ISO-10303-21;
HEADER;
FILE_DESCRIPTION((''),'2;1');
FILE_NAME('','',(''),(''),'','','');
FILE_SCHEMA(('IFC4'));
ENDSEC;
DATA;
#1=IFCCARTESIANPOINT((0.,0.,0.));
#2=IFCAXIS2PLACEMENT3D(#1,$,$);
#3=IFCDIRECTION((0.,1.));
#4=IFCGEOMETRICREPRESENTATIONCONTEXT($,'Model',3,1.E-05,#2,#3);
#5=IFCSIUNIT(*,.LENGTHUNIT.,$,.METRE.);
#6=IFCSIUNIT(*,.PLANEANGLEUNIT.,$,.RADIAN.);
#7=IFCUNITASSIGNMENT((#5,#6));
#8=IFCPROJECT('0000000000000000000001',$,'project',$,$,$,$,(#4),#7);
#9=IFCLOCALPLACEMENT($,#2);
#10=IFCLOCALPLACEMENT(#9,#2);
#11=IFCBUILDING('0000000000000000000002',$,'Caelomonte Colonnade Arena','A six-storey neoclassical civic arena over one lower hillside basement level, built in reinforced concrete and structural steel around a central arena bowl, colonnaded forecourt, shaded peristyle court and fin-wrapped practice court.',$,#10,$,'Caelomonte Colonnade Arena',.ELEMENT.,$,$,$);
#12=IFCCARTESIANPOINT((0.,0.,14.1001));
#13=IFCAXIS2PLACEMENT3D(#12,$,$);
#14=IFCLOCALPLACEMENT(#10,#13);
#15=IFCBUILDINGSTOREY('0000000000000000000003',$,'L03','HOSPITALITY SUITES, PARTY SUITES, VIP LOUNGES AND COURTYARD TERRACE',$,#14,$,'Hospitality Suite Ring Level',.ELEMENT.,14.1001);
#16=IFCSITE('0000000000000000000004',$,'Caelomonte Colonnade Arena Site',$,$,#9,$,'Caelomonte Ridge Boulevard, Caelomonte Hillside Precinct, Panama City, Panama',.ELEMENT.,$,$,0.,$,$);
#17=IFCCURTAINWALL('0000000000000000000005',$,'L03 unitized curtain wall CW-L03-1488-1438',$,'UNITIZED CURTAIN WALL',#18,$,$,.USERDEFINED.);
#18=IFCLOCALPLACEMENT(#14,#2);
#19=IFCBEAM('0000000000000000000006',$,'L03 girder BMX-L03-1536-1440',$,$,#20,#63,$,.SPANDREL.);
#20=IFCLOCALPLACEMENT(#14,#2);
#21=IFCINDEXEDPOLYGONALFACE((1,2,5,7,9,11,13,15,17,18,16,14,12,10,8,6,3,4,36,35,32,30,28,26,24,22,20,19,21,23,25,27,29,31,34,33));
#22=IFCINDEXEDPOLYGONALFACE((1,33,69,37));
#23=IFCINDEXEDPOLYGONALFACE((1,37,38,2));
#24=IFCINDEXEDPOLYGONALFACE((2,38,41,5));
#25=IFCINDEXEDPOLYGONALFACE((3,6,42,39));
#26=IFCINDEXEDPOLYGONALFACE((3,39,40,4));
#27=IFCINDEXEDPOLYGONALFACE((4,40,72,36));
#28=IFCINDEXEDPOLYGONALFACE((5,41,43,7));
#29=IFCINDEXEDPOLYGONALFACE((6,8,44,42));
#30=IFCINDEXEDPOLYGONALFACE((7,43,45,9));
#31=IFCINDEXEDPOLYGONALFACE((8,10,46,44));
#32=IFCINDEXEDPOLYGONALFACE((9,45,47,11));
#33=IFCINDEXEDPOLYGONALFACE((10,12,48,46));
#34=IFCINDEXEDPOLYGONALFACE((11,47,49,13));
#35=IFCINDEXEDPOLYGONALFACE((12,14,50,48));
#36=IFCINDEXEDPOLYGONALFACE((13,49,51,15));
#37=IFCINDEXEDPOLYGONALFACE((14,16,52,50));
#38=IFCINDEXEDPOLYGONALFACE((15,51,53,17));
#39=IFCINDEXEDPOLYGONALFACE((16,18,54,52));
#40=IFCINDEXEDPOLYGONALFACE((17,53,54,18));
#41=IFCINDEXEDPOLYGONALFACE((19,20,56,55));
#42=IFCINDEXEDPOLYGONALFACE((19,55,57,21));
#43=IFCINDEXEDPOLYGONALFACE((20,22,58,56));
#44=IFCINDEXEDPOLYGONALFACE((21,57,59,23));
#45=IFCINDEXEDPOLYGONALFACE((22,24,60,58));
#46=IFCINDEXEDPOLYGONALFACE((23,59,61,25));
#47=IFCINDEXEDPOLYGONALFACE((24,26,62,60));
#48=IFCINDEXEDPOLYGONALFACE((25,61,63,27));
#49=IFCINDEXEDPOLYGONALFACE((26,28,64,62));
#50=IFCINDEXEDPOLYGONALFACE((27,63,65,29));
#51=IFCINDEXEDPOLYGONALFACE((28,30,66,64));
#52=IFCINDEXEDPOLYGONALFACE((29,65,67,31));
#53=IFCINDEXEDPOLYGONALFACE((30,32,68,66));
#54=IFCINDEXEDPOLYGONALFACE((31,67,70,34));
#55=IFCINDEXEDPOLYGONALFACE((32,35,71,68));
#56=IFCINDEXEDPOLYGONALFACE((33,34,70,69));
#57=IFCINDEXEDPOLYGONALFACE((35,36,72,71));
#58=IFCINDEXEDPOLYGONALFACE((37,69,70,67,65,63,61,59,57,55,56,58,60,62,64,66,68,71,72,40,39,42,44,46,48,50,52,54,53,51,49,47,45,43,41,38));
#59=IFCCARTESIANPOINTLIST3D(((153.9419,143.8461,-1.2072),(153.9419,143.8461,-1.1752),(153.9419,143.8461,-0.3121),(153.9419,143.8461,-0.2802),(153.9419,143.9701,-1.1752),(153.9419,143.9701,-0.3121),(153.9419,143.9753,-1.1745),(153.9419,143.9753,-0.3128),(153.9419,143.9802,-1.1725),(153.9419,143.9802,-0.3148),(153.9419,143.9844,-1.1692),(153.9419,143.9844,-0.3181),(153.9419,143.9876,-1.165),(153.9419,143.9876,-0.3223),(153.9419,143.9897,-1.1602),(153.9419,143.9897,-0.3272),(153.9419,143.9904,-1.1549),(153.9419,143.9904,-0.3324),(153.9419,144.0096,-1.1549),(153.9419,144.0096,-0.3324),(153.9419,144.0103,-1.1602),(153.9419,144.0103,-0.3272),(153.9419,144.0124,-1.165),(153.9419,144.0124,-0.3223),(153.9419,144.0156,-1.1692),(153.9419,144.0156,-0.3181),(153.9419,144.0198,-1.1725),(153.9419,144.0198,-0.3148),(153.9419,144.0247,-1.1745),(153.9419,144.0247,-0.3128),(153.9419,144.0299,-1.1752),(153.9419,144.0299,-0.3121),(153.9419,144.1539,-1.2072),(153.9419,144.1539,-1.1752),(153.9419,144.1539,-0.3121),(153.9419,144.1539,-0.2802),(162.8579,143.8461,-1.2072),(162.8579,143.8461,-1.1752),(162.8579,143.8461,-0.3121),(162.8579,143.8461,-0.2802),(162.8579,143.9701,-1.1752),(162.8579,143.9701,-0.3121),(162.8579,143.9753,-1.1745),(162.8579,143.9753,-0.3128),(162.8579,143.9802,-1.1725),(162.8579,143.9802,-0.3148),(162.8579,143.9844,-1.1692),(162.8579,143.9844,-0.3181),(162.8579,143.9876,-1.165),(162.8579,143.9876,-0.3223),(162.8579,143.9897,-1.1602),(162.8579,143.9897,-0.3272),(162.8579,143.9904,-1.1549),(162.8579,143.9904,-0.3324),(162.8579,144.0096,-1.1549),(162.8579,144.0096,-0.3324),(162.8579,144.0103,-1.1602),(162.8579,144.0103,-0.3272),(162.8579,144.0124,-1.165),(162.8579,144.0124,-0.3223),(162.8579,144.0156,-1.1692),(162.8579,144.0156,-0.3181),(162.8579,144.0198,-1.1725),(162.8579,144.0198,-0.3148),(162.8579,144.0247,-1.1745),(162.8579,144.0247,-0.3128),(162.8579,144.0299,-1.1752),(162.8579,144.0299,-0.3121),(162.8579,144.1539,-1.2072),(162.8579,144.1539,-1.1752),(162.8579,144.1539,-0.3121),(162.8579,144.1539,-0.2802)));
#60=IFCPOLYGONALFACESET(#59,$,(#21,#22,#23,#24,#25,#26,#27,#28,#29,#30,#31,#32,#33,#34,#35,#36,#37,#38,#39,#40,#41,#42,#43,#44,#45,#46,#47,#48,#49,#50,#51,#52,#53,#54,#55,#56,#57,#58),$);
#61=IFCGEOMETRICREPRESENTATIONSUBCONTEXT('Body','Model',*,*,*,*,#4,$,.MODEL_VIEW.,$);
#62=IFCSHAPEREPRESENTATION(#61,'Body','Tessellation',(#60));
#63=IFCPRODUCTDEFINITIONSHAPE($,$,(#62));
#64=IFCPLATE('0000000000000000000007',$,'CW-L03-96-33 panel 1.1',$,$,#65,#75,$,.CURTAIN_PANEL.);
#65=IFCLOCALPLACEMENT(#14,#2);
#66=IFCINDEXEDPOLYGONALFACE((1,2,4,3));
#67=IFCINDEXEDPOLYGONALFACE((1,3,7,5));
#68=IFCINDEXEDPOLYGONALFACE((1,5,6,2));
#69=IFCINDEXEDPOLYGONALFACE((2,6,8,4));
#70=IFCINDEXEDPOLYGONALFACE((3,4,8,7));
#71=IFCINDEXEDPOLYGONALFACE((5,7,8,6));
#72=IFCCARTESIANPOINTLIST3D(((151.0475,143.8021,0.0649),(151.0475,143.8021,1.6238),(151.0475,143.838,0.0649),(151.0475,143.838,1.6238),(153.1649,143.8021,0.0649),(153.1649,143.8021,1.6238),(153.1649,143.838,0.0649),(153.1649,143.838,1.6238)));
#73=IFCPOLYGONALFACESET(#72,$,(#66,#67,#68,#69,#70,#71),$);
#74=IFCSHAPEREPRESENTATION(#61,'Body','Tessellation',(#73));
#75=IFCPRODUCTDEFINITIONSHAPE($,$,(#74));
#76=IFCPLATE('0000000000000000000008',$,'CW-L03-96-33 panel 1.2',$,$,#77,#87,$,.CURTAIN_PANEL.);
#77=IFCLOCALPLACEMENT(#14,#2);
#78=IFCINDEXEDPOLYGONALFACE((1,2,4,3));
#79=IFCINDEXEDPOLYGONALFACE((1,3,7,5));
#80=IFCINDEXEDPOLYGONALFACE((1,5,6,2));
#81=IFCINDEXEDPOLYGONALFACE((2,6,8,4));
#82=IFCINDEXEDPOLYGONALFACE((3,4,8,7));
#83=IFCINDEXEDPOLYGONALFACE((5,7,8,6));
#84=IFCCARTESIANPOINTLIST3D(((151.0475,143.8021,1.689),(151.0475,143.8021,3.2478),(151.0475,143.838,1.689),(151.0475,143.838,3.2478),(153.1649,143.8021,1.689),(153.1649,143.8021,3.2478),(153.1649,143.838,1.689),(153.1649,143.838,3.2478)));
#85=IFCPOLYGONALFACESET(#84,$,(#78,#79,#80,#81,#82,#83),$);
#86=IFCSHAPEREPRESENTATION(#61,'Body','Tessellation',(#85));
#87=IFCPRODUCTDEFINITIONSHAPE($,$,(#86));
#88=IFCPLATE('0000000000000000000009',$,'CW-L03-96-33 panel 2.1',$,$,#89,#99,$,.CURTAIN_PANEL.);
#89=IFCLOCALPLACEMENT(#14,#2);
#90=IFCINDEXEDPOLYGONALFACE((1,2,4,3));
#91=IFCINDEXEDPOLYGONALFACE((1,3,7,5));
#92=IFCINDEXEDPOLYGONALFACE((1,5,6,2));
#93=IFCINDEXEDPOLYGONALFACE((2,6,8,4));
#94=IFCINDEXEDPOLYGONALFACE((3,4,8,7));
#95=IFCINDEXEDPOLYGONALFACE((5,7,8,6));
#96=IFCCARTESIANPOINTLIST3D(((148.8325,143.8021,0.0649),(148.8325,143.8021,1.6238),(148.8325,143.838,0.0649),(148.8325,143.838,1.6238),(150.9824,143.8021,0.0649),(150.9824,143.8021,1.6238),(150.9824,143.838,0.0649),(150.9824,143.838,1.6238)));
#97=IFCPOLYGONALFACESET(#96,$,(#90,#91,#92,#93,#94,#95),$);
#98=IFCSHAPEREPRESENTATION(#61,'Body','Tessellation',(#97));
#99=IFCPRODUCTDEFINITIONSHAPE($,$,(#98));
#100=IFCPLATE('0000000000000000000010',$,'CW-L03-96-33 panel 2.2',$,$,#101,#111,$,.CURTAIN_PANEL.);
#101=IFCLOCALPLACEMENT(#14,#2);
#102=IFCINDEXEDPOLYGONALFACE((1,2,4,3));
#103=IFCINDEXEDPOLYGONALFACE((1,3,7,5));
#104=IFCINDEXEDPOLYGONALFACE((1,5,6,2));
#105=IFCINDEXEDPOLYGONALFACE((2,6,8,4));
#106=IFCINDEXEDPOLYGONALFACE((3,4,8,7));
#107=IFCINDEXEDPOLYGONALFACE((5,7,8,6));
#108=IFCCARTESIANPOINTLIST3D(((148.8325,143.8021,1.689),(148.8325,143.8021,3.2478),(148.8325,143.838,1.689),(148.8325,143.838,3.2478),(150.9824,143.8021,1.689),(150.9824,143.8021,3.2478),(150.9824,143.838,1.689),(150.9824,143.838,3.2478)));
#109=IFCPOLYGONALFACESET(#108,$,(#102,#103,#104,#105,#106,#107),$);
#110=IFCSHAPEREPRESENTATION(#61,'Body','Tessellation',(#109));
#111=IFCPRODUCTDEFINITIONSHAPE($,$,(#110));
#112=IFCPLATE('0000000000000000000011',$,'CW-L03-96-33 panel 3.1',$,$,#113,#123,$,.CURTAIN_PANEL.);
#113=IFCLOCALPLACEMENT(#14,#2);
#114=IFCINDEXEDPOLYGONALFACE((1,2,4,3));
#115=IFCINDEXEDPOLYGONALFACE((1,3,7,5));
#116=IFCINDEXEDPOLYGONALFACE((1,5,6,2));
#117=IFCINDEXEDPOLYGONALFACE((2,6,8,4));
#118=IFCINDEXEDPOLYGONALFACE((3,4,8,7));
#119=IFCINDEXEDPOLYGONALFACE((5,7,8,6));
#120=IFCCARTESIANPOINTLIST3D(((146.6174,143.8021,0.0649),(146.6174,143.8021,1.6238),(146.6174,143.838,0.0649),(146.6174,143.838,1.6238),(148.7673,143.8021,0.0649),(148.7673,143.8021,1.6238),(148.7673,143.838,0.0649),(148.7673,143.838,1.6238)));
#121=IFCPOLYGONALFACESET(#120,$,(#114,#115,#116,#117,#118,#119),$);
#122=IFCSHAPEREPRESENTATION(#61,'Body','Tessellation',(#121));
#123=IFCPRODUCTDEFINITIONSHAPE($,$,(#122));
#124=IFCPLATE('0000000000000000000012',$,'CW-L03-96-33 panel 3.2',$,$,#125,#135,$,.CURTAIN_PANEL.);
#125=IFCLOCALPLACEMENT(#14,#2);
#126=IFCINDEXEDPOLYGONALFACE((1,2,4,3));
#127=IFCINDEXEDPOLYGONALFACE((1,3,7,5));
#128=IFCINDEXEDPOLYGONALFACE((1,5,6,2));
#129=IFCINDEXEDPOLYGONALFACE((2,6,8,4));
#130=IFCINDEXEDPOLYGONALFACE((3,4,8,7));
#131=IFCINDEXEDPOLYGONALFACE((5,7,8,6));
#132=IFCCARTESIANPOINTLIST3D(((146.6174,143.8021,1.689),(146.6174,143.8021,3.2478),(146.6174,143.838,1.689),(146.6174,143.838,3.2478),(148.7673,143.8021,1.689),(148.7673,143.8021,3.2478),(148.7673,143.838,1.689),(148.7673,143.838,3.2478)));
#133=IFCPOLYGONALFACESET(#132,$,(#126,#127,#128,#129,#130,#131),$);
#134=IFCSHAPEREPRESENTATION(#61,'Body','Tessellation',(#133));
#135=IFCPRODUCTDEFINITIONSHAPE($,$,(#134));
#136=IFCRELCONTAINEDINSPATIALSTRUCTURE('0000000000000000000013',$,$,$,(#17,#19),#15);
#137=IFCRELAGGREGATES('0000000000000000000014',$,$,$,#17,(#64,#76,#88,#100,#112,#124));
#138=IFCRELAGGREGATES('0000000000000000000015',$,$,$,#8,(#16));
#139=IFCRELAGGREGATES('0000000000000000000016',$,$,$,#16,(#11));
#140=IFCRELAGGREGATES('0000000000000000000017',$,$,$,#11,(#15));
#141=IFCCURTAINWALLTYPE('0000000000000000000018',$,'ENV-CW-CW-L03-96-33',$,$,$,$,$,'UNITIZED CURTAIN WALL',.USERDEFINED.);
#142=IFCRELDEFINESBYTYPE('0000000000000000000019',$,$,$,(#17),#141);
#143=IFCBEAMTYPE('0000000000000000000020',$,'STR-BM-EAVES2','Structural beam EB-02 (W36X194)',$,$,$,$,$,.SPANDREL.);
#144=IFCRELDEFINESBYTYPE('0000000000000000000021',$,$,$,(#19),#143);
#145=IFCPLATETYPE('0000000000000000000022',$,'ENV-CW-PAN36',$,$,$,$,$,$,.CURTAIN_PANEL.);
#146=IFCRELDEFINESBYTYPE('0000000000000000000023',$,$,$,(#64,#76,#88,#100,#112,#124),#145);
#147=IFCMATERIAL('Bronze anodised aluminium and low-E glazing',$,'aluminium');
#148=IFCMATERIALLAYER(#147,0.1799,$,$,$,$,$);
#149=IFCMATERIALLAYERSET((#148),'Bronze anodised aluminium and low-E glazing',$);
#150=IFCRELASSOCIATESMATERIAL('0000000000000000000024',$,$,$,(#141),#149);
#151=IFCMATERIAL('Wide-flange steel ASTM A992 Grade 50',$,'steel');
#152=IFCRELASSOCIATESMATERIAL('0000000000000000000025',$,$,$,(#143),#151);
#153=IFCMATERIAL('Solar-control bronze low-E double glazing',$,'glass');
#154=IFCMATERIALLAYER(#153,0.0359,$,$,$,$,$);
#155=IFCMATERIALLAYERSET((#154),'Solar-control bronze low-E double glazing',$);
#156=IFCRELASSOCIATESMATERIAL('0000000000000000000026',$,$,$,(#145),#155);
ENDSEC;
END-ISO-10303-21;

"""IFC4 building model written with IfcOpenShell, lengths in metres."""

from ifc_helpers import new_model, si_unit, direction, frame, origin, origin_2d, place, context, subcontext, project, spatial, rectangle, i_section, extrude, material, layer, layer_set, material_profile, profile_set, type_object, element, aggregate, save


model = new_model("IFC4")

# Units and contexts
model_context = context("Model", 3, precision=1e-05, world=origin(), true_north=direction((0.0, 1.0)))
body_context = subcontext(model_context, "Body", "Model", "MODEL_VIEW")
ifc_project = project(units=[si_unit("LENGTHUNIT", "METRE"), si_unit("PLANEANGLEUNIT", "RADIAN")], contexts=[model_context])

# Site, building, storey
site_placement = place(None, origin())
site = spatial("IfcSite", under=ifc_project, at=site_placement, Name="Caelomonte Colonnade Arena Site", LongName="Caelomonte Ridge Boulevard, Caelomonte Hillside Precinct, Panama City, Panama", CompositionType="ELEMENT", RefElevation=0.0)
building_placement = place(site_placement, origin())
building = spatial("IfcBuilding", under=site, at=building_placement, Name="Caelomonte Colonnade Arena", Description="A six-storey neoclassical civic arena over one lower hillside basement level, built in reinforced concrete and structural steel around a central arena bowl, colonnaded forecourt, shaded peristyle court and fin-wrapped practice court.", LongName="Caelomonte Colonnade Arena", CompositionType="ELEMENT")
storey_placement = place(building_placement, frame((0.0, 0.0, 14.1001)))
storey = spatial("IfcBuildingStorey", under=building, at=storey_placement, Name="L03", Description="HOSPITALITY SUITES, PARTY SUITES, VIP LOUNGES AND COURTYARD TERRACE", LongName="Hospitality Suite Ring Level", CompositionType="ELEMENT", Elevation=14.1001)

# Curtain wall
ifc_material_1 = material(Name="Bronze anodised aluminium and low-E glazing", Category="aluminium")
ifc_layer_1 = layer(ifc_material_1, 0.1799)
ifc_layer_set_1 = layer_set([ifc_layer_1], Name="Bronze anodised aluminium and low-E glazing")
curtain_wall_type = type_object("IfcCurtainWallType", Name="ENV-CW-CW-L03-96-33", ElementType="UNITIZED CURTAIN WALL", PredefinedType="USERDEFINED", material=ifc_layer_set_1)
curtain_wall_placement = place(storey_placement, origin())
curtain_wall = element("IfcCurtainWall", 1, at=curtain_wall_placement, inside=storey, type_object=curtain_wall_type, Name="L03 unitized curtain wall CW-L03-1488-1438", ObjectType="UNITIZED CURTAIN WALL", PredefinedType="USERDEFINED")

# Beam
ifc_material_2 = material(Name="Wide-flange steel ASTM A992 Grade 50", Category="steel")
ifc_material_profile_1 = material_profile(ifc_material_2, i_section(OverallWidth=0.3079, OverallDepth=0.927, WebThickness=0.0193, FlangeThickness=0.032, FilletRadius=0.0203, at=origin_2d()), Name="W36X194")
ifc_profile_set_1 = profile_set([ifc_material_profile_1], Name="Wide-flange steel ASTM A992 Grade 50")
beam_type = type_object("IfcBeamType", Name="STR-BM-EAVES2", Description="Structural beam EB-02 (W36X194)", PredefinedType="SPANDREL", material=ifc_profile_set_1)
beam_placement = place(storey_placement, frame((153.9419, 144.0, -0.7437), z_axis=(1.0, 0.0, 0.0), x_axis=(0.0, 1.0, 0.0)))
element("IfcBeam", 2, at=beam_placement, inside=storey, type_object=beam_type, Name="L03 girder BMX-L03-1536-1440", PredefinedType="SPANDREL", context=body_context, shape_type="SweptSolid", body=[
    extrude(i_section(OverallWidth=0.3079, OverallDepth=0.927, WebThickness=0.0193, FlangeThickness=0.032, FilletRadius=0.0203, at=origin_2d()), origin(), (0.0, 0.0, 1.0), 8.916),
])

# Plates
ifc_material_3 = material(Name="Solar-control bronze low-E double glazing", Category="glass")
ifc_layer_2 = layer(ifc_material_3, 0.0359)
ifc_layer_set_2 = layer_set([ifc_layer_2], Name="Solar-control bronze low-E double glazing")
plate_type = type_object("IfcPlateType", Name="ENV-CW-PAN36", PredefinedType="CURTAIN_PANEL", material=ifc_layer_set_2)
plate_1_placement = place(storey_placement, frame((152.1062, 143.8201, 0.0649), z_axis=(0.0, 0.0, 1.0), x_axis=(-1.0, 0.0, 0.0)))
plate_1 = element("IfcPlate", 3, at=plate_1_placement, type_object=plate_type, Name="CW-L03-96-33 panel 1.1", PredefinedType="CURTAIN_PANEL", context=body_context, shape_type="SweptSolid", body=[
    extrude(rectangle(XDim=2.1174, YDim=0.0359, at=origin_2d()), origin(), (0.0, 0.0, 1.0), 1.5588),
])
plate_2_placement = place(storey_placement, frame((152.1062, 143.8201, 1.689), z_axis=(0.0, 0.0, 1.0), x_axis=(-1.0, 0.0, 0.0)))
plate_2 = element("IfcPlate", 4, at=plate_2_placement, type_object=plate_type, Name="CW-L03-96-33 panel 1.2", PredefinedType="CURTAIN_PANEL", context=body_context, shape_type="SweptSolid", body=[
    extrude(rectangle(XDim=2.1174, YDim=0.0359, at=origin_2d()), origin(), (0.0, 0.0, 1.0), 1.5588),
])
plate_3_placement = place(storey_placement, frame((149.9075, 143.8201, 0.0649), z_axis=(0.0, 0.0, 1.0), x_axis=(-1.0, 0.0, 0.0)))
plate_3 = element("IfcPlate", 5, at=plate_3_placement, type_object=plate_type, Name="CW-L03-96-33 panel 2.1", PredefinedType="CURTAIN_PANEL", context=body_context, shape_type="SweptSolid", body=[
    extrude(rectangle(XDim=2.1499, YDim=0.0359, at=origin_2d()), origin(), (0.0, 0.0, 1.0), 1.5588),
])
plate_4_placement = place(storey_placement, frame((149.9075, 143.8201, 1.689), z_axis=(0.0, 0.0, 1.0), x_axis=(-1.0, 0.0, 0.0)))
plate_4 = element("IfcPlate", 6, at=plate_4_placement, type_object=plate_type, Name="CW-L03-96-33 panel 2.2", PredefinedType="CURTAIN_PANEL", context=body_context, shape_type="SweptSolid", body=[
    extrude(rectangle(XDim=2.1499, YDim=0.0359, at=origin_2d()), origin(), (0.0, 0.0, 1.0), 1.5588),
])
plate_5_placement = place(storey_placement, frame((147.6924, 143.8201, 0.0649), z_axis=(0.0, 0.0, 1.0), x_axis=(-1.0, 0.0, 0.0)))
plate_5 = element("IfcPlate", 7, at=plate_5_placement, type_object=plate_type, Name="CW-L03-96-33 panel 3.1", PredefinedType="CURTAIN_PANEL", context=body_context, shape_type="SweptSolid", body=[
    extrude(rectangle(XDim=2.1499, YDim=0.0359, at=origin_2d()), origin(), (0.0, 0.0, 1.0), 1.5588),
])
plate_6_placement = place(storey_placement, frame((147.6924, 143.8201, 1.689), z_axis=(0.0, 0.0, 1.0), x_axis=(-1.0, 0.0, 0.0)))
plate_6 = element("IfcPlate", 8, at=plate_6_placement, type_object=plate_type, Name="CW-L03-96-33 panel 3.2", PredefinedType="CURTAIN_PANEL", context=body_context, shape_type="SweptSolid", body=[
    extrude(rectangle(XDim=2.1499, YDim=0.0359, at=origin_2d()), origin(), (0.0, 0.0, 1.0), 1.5588),
])
aggregate(curtain_wall, [plate_1, plate_2, plate_3, plate_4, plate_5, plate_6])

save(model, "model.ifc")
